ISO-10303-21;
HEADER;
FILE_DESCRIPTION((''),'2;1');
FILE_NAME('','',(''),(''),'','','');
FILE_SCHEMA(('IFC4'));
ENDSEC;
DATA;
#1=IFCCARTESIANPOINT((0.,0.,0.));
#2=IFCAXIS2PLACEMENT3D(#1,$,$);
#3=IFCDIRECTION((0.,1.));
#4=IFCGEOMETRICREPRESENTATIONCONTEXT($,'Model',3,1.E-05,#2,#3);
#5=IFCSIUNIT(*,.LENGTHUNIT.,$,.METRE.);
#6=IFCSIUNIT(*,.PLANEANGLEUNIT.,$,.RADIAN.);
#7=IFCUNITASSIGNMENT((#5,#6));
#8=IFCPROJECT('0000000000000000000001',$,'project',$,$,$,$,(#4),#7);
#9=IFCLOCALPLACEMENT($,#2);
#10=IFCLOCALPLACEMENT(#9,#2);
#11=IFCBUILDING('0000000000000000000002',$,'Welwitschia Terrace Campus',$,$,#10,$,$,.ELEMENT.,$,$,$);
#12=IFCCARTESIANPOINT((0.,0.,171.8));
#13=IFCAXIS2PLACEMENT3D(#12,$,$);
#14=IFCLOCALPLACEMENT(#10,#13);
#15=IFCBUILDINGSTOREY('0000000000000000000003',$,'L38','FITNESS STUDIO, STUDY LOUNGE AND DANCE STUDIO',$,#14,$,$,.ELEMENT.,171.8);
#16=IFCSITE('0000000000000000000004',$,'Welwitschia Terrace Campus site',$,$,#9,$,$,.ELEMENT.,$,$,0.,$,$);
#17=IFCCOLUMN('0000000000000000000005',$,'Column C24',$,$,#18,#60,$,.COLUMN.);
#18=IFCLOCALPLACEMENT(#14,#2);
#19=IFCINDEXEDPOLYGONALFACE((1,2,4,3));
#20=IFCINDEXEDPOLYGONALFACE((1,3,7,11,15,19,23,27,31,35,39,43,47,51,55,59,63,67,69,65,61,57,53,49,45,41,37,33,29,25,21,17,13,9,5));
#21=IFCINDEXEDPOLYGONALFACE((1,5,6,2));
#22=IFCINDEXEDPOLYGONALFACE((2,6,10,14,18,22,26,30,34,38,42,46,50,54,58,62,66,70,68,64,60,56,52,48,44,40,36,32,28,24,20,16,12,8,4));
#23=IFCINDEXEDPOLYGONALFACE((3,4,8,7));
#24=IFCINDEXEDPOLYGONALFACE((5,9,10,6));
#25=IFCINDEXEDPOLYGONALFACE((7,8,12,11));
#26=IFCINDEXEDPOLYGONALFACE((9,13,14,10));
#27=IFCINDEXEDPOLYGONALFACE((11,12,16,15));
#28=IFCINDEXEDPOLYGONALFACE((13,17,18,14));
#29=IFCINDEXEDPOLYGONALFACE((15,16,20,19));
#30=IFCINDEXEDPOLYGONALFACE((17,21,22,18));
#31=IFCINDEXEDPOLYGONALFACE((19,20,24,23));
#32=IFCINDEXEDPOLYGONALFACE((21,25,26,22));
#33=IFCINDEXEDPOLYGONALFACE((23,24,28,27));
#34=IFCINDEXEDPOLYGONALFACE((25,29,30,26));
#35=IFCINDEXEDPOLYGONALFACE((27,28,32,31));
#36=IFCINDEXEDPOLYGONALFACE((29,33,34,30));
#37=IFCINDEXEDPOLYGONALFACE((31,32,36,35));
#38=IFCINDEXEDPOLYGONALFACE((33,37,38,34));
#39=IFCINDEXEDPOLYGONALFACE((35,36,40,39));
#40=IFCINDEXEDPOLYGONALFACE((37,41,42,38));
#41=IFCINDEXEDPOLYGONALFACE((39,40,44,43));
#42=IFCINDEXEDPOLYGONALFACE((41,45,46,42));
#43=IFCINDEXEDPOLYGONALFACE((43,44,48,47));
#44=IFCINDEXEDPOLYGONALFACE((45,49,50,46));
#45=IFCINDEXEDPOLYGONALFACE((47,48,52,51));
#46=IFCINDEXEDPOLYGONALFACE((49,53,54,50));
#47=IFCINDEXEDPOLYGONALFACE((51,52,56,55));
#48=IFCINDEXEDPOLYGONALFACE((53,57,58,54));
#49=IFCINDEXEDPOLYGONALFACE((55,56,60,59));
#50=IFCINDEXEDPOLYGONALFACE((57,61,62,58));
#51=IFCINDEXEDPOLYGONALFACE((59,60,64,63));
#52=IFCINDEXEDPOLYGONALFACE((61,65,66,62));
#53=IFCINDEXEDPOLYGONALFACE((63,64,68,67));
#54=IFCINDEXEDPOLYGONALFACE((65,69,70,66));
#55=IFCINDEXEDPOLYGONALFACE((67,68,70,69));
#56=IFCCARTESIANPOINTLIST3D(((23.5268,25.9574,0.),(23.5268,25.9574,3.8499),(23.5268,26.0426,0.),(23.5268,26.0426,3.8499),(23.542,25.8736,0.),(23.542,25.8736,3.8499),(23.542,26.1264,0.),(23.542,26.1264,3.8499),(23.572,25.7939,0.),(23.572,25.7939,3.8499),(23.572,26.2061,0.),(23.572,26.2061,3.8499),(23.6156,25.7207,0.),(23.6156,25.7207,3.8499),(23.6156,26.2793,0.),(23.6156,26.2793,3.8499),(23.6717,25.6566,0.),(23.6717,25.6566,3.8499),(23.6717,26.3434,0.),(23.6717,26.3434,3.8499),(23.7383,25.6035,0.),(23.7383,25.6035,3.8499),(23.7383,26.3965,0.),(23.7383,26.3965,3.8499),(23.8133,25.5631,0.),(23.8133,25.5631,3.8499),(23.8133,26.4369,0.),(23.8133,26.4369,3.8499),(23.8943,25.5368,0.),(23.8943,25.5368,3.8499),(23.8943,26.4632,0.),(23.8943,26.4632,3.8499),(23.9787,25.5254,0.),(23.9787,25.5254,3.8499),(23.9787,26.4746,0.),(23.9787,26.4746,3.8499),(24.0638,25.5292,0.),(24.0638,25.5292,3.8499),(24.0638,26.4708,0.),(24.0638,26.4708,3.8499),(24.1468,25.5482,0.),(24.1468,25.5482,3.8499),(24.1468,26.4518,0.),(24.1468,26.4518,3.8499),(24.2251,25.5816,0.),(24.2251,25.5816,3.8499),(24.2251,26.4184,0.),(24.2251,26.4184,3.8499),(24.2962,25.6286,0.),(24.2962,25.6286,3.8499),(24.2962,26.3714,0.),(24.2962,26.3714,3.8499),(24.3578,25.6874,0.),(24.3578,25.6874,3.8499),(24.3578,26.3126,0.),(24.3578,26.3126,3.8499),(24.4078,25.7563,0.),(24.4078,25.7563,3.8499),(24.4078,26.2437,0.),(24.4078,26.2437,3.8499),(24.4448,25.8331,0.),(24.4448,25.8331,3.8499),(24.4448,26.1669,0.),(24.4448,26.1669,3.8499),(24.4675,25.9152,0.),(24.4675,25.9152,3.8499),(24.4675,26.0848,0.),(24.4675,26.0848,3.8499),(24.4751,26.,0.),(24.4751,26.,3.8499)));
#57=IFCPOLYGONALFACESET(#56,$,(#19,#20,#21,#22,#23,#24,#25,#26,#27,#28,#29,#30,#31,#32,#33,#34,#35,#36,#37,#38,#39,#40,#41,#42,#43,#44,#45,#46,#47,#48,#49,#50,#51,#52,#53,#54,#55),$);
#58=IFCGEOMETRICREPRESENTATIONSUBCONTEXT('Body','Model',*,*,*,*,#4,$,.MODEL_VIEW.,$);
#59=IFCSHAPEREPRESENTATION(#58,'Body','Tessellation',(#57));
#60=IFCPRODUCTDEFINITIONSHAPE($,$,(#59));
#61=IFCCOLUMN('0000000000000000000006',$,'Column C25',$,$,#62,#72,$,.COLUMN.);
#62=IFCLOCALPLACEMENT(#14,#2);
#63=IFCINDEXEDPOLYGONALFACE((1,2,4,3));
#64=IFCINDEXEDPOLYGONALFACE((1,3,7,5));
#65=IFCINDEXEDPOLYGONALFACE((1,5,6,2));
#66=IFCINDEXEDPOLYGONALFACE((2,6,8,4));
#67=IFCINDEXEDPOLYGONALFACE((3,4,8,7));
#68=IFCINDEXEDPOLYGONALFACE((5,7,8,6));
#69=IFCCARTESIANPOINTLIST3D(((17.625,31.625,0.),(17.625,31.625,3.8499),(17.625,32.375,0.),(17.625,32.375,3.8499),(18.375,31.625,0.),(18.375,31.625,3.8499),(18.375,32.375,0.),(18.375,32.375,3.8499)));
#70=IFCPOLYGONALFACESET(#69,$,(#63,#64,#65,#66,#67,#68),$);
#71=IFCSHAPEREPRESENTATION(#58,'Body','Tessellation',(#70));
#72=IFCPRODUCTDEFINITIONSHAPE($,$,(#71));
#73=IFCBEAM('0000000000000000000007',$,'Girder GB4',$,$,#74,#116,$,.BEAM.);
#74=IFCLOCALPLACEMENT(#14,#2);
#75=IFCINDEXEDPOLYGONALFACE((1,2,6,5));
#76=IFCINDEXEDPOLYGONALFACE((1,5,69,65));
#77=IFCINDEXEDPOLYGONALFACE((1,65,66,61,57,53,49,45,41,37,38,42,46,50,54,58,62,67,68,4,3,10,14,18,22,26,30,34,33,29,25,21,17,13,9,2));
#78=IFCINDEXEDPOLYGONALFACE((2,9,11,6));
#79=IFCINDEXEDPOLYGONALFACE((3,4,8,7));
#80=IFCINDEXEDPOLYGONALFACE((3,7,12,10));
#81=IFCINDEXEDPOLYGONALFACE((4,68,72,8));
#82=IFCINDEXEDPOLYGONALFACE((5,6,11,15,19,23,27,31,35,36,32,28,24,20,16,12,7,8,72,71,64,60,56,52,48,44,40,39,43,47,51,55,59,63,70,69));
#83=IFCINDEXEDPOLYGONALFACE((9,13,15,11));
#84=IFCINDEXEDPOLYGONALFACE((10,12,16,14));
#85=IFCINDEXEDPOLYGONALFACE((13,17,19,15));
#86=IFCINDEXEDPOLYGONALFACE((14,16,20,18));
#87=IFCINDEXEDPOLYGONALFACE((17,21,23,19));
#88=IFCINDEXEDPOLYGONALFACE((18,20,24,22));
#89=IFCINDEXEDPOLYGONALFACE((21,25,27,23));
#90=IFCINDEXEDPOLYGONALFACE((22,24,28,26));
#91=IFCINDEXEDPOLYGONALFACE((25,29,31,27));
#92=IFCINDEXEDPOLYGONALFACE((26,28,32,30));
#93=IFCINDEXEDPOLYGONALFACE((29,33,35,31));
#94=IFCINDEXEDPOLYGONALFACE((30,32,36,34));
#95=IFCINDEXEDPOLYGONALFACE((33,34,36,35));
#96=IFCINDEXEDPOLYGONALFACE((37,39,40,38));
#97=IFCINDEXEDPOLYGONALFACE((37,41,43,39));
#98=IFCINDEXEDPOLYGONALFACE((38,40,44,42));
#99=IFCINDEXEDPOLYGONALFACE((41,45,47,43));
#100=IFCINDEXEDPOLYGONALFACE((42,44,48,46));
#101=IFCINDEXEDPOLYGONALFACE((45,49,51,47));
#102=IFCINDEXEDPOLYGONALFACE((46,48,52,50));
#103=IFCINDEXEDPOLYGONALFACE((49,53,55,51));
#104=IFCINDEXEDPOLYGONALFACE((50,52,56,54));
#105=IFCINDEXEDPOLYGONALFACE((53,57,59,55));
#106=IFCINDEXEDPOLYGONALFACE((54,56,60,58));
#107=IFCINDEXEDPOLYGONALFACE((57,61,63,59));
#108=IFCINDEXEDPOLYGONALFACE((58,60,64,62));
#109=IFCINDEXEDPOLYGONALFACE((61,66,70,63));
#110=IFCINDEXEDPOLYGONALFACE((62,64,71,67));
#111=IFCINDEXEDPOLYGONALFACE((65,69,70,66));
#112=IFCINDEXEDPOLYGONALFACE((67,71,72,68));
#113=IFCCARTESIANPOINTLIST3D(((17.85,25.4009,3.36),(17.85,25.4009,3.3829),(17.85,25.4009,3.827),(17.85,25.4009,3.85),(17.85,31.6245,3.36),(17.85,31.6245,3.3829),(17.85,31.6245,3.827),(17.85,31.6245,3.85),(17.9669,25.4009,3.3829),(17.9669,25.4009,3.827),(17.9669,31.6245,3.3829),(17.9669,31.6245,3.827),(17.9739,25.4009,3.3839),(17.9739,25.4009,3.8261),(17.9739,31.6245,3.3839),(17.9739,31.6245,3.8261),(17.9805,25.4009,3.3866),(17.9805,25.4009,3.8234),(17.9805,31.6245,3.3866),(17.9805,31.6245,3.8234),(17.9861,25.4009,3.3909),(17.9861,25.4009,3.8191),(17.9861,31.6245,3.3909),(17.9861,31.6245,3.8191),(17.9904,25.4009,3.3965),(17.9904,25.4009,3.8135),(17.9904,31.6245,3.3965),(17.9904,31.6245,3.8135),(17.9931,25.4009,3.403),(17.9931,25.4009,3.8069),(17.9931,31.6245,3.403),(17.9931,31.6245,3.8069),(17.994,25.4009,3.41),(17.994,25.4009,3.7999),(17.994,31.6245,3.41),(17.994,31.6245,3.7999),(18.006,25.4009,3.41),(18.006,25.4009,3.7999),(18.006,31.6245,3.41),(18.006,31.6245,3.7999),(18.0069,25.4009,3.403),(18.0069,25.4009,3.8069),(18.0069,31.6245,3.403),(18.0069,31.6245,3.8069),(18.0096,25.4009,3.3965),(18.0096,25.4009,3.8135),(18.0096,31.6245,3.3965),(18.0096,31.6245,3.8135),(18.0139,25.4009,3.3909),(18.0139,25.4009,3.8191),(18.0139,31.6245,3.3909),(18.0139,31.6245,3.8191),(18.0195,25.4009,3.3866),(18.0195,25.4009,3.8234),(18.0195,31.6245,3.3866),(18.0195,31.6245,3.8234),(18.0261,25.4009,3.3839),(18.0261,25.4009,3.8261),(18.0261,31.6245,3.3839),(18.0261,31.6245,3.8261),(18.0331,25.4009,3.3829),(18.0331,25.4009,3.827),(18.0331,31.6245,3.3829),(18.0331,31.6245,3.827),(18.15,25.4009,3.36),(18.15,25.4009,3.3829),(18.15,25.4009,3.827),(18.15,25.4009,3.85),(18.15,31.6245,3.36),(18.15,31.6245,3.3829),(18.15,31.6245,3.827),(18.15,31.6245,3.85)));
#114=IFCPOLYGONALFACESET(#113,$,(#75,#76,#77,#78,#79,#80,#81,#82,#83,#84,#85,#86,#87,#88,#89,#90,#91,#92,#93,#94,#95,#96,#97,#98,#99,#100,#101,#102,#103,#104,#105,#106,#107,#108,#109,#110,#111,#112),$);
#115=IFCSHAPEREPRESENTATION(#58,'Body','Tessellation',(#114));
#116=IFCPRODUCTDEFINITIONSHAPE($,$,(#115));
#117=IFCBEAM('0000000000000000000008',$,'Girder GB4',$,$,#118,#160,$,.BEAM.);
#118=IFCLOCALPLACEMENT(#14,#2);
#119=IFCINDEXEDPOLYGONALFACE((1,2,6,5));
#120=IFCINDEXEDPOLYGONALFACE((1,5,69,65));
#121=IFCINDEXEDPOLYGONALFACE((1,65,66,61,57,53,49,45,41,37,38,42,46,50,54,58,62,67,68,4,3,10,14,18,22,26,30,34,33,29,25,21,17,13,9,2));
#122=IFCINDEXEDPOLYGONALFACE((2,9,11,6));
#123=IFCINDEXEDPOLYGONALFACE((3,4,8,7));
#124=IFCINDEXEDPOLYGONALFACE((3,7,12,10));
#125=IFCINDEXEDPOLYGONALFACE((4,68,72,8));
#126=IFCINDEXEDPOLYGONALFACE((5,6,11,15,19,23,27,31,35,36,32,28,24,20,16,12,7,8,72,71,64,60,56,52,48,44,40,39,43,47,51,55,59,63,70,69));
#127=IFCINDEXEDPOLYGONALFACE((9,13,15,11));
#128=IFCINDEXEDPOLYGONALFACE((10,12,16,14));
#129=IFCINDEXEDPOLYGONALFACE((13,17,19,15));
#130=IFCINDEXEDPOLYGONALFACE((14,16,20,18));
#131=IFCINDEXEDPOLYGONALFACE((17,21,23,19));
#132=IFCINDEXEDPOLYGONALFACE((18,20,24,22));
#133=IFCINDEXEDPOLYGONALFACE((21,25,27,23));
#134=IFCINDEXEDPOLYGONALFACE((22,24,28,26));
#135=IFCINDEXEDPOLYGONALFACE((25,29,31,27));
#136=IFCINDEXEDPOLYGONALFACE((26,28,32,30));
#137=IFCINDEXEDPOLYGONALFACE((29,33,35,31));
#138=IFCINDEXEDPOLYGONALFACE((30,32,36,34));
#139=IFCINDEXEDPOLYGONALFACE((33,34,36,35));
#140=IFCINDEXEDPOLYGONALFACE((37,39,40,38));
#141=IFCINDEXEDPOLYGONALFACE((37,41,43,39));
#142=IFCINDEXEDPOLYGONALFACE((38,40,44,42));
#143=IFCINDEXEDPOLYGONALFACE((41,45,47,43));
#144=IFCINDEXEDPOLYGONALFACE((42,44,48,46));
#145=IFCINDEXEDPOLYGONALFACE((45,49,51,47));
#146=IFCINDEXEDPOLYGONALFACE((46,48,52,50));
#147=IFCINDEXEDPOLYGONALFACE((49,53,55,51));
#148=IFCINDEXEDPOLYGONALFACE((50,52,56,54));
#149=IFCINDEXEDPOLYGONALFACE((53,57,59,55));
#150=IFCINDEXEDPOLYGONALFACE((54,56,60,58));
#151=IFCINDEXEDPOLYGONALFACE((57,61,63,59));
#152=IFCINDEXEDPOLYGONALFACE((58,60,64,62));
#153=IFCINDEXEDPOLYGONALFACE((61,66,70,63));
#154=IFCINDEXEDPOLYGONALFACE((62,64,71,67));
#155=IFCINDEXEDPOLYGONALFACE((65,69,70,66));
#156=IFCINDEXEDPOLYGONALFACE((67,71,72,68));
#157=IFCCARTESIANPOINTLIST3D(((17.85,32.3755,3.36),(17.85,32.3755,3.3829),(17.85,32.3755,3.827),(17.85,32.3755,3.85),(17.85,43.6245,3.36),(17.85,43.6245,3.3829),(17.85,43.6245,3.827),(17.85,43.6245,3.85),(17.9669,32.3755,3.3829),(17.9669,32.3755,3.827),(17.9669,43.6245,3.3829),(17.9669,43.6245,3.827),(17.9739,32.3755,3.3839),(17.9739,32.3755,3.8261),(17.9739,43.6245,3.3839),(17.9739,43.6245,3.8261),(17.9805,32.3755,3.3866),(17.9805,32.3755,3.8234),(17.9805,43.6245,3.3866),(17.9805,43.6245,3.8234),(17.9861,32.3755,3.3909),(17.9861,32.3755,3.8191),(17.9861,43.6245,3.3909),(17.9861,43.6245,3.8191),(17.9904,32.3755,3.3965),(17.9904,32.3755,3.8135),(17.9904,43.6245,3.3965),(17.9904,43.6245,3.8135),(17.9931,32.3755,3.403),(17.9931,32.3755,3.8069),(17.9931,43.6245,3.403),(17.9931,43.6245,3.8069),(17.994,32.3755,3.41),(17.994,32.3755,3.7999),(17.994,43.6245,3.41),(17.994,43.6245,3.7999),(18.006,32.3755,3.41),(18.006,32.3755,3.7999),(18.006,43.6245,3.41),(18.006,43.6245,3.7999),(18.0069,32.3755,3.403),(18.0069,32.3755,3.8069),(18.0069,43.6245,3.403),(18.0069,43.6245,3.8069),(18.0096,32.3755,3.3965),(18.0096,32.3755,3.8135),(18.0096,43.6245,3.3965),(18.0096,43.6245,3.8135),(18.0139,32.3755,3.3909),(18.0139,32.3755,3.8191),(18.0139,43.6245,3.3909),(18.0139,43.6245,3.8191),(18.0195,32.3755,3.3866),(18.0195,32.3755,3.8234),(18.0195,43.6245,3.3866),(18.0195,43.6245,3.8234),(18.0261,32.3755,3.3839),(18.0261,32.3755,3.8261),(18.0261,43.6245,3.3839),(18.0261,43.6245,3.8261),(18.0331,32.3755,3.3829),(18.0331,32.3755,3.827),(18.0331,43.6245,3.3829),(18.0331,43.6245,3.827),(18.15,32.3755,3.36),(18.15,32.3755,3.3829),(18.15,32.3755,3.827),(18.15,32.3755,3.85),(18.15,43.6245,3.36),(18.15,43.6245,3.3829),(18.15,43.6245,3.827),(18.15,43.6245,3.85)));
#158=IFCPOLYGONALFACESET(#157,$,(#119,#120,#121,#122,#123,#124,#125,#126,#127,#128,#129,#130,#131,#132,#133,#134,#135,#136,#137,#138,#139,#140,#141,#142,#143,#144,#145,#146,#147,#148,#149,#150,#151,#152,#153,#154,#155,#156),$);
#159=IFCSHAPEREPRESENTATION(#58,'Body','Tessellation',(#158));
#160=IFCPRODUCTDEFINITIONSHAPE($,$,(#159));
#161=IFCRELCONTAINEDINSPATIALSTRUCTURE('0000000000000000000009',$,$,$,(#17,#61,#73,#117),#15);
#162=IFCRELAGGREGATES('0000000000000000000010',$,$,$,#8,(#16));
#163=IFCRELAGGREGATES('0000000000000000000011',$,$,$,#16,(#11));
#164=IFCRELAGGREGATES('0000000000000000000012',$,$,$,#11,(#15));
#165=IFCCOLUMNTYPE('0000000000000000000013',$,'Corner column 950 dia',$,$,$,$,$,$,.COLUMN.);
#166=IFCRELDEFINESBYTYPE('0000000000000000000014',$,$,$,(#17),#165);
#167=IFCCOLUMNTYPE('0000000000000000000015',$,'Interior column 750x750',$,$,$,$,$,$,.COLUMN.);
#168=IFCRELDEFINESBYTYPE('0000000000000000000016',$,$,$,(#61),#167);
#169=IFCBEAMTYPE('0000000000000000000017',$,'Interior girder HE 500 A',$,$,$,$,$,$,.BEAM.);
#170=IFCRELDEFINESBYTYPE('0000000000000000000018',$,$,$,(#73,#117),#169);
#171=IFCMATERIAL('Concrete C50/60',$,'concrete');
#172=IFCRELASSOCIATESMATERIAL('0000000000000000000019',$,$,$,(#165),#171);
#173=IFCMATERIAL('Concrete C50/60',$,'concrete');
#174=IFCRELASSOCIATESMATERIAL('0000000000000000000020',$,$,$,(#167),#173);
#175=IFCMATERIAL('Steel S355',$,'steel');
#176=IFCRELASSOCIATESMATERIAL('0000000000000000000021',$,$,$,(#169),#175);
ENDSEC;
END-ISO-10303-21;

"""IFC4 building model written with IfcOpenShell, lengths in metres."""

from ifc_helpers import new_model, si_unit, direction, frame, origin, origin_2d, place, context, subcontext, project, spatial, rectangle, circle, i_section, extrude, material, material_profile, profile_set, type_object, element, save


model = new_model("IFC4")

# Units and contexts
model_context = context("Model", 3, precision=1e-05, world=origin(), true_north=direction((0.0, 1.0)))
body_context = subcontext(model_context, "Body", "Model", "MODEL_VIEW")
ifc_project = project(units=[si_unit("LENGTHUNIT", "METRE"), si_unit("PLANEANGLEUNIT", "RADIAN")], contexts=[model_context])

# Site, building, storey
site_placement = place(None, origin())
site = spatial("IfcSite", under=ifc_project, at=site_placement, Name="Welwitschia Terrace Campus site", CompositionType="ELEMENT", RefElevation=0.0)
building_placement = place(site_placement, origin())
building = spatial("IfcBuilding", under=site, at=building_placement, Name="Welwitschia Terrace Campus", CompositionType="ELEMENT")
storey_placement = place(building_placement, frame((0.0, 0.0, 171.8)))
storey = spatial("IfcBuildingStorey", under=building, at=storey_placement, Name="L38", Description="FITNESS STUDIO, STUDY LOUNGE AND DANCE STUDIO", CompositionType="ELEMENT", Elevation=171.8)

# Columns
ifc_material_1 = material(Name="Concrete C50/60", Category="concrete")
ifc_material_profile_1 = material_profile(ifc_material_1, circle(Radius=0.4751, at=origin_2d()))
ifc_profile_set_1 = profile_set([ifc_material_profile_1], Name="Concrete C50/60")
column_type_1 = type_object("IfcColumnType", Name="Corner column 950 dia", PredefinedType="COLUMN", material=ifc_profile_set_1)
column_1_placement = place(storey_placement, frame((24.0, 26.0, 0.0), z_axis=(0.0, 0.0, 1.0), x_axis=(1.0, 0.0, 0.0)))
element("IfcColumn", 1, at=column_1_placement, inside=storey, type_object=column_type_1, Name="Column C24", PredefinedType="COLUMN", context=body_context, shape_type="SweptSolid", body=[
    extrude(circle(Radius=0.4751, at=origin_2d()), origin(), (0.0, 0.0, 1.0), 3.8499),
])
ifc_material_2 = material(Name="Concrete C50/60", Category="concrete")
ifc_material_profile_2 = material_profile(ifc_material_2, rectangle(XDim=0.75, YDim=0.75, at=origin_2d()))
ifc_profile_set_2 = profile_set([ifc_material_profile_2], Name="Concrete C50/60")
column_type_2 = type_object("IfcColumnType", Name="Interior column 750x750", PredefinedType="COLUMN", material=ifc_profile_set_2)
column_2_placement = place(storey_placement, frame((18.0, 32.0, 0.0), z_axis=(0.0, 0.0, 1.0), x_axis=(1.0, 0.0, 0.0)))
element("IfcColumn", 2, at=column_2_placement, inside=storey, type_object=column_type_2, Name="Column C25", PredefinedType="COLUMN", context=body_context, shape_type="SweptSolid", body=[
    extrude(rectangle(XDim=0.75, YDim=0.75, at=origin_2d()), origin(), (0.0, 0.0, 1.0), 3.8499),
])

# Beams
ifc_material_3 = material(Name="Steel S355", Category="steel")
ifc_material_profile_3 = material_profile(ifc_material_3, i_section(OverallWidth=0.3, OverallDepth=0.49, WebThickness=0.012, FlangeThickness=0.0229, FilletRadius=0.0271, at=origin_2d()))
ifc_profile_set_3 = profile_set([ifc_material_profile_3], Name="Steel S355")
beam_type_1 = type_object("IfcBeamType", Name="Interior girder HE 500 A", PredefinedType="BEAM", material=ifc_profile_set_3)
beam_1_placement = place(storey_placement, frame((18.0, 25.4009, 3.605), z_axis=(0.0, 1.0, 0.0), x_axis=(-1.0, 0.0, 0.0)))
element("IfcBeam", 3, at=beam_1_placement, inside=storey, type_object=beam_type_1, Name="Girder GB4", PredefinedType="BEAM", context=body_context, shape_type="SweptSolid", body=[
    extrude(i_section(OverallWidth=0.3, OverallDepth=0.49, WebThickness=0.012, FlangeThickness=0.0229, FilletRadius=0.0271, at=origin_2d()), origin(), (0.0, 0.0, 1.0), 6.2236),
])
beam_2_placement = place(storey_placement, frame((18.0, 32.3755, 3.605), z_axis=(0.0, 1.0, 0.0), x_axis=(-1.0, 0.0, 0.0)))
element("IfcBeam", 4, at=beam_2_placement, inside=storey, type_object=beam_type_1, Name="Girder GB4", PredefinedType="BEAM", context=body_context, shape_type="SweptSolid", body=[
    extrude(i_section(OverallWidth=0.3, OverallDepth=0.49, WebThickness=0.012, FlangeThickness=0.0229, FilletRadius=0.0271, at=origin_2d()), origin(), (0.0, 0.0, 1.0), 11.249),
])

save(model, "model.ifc")
